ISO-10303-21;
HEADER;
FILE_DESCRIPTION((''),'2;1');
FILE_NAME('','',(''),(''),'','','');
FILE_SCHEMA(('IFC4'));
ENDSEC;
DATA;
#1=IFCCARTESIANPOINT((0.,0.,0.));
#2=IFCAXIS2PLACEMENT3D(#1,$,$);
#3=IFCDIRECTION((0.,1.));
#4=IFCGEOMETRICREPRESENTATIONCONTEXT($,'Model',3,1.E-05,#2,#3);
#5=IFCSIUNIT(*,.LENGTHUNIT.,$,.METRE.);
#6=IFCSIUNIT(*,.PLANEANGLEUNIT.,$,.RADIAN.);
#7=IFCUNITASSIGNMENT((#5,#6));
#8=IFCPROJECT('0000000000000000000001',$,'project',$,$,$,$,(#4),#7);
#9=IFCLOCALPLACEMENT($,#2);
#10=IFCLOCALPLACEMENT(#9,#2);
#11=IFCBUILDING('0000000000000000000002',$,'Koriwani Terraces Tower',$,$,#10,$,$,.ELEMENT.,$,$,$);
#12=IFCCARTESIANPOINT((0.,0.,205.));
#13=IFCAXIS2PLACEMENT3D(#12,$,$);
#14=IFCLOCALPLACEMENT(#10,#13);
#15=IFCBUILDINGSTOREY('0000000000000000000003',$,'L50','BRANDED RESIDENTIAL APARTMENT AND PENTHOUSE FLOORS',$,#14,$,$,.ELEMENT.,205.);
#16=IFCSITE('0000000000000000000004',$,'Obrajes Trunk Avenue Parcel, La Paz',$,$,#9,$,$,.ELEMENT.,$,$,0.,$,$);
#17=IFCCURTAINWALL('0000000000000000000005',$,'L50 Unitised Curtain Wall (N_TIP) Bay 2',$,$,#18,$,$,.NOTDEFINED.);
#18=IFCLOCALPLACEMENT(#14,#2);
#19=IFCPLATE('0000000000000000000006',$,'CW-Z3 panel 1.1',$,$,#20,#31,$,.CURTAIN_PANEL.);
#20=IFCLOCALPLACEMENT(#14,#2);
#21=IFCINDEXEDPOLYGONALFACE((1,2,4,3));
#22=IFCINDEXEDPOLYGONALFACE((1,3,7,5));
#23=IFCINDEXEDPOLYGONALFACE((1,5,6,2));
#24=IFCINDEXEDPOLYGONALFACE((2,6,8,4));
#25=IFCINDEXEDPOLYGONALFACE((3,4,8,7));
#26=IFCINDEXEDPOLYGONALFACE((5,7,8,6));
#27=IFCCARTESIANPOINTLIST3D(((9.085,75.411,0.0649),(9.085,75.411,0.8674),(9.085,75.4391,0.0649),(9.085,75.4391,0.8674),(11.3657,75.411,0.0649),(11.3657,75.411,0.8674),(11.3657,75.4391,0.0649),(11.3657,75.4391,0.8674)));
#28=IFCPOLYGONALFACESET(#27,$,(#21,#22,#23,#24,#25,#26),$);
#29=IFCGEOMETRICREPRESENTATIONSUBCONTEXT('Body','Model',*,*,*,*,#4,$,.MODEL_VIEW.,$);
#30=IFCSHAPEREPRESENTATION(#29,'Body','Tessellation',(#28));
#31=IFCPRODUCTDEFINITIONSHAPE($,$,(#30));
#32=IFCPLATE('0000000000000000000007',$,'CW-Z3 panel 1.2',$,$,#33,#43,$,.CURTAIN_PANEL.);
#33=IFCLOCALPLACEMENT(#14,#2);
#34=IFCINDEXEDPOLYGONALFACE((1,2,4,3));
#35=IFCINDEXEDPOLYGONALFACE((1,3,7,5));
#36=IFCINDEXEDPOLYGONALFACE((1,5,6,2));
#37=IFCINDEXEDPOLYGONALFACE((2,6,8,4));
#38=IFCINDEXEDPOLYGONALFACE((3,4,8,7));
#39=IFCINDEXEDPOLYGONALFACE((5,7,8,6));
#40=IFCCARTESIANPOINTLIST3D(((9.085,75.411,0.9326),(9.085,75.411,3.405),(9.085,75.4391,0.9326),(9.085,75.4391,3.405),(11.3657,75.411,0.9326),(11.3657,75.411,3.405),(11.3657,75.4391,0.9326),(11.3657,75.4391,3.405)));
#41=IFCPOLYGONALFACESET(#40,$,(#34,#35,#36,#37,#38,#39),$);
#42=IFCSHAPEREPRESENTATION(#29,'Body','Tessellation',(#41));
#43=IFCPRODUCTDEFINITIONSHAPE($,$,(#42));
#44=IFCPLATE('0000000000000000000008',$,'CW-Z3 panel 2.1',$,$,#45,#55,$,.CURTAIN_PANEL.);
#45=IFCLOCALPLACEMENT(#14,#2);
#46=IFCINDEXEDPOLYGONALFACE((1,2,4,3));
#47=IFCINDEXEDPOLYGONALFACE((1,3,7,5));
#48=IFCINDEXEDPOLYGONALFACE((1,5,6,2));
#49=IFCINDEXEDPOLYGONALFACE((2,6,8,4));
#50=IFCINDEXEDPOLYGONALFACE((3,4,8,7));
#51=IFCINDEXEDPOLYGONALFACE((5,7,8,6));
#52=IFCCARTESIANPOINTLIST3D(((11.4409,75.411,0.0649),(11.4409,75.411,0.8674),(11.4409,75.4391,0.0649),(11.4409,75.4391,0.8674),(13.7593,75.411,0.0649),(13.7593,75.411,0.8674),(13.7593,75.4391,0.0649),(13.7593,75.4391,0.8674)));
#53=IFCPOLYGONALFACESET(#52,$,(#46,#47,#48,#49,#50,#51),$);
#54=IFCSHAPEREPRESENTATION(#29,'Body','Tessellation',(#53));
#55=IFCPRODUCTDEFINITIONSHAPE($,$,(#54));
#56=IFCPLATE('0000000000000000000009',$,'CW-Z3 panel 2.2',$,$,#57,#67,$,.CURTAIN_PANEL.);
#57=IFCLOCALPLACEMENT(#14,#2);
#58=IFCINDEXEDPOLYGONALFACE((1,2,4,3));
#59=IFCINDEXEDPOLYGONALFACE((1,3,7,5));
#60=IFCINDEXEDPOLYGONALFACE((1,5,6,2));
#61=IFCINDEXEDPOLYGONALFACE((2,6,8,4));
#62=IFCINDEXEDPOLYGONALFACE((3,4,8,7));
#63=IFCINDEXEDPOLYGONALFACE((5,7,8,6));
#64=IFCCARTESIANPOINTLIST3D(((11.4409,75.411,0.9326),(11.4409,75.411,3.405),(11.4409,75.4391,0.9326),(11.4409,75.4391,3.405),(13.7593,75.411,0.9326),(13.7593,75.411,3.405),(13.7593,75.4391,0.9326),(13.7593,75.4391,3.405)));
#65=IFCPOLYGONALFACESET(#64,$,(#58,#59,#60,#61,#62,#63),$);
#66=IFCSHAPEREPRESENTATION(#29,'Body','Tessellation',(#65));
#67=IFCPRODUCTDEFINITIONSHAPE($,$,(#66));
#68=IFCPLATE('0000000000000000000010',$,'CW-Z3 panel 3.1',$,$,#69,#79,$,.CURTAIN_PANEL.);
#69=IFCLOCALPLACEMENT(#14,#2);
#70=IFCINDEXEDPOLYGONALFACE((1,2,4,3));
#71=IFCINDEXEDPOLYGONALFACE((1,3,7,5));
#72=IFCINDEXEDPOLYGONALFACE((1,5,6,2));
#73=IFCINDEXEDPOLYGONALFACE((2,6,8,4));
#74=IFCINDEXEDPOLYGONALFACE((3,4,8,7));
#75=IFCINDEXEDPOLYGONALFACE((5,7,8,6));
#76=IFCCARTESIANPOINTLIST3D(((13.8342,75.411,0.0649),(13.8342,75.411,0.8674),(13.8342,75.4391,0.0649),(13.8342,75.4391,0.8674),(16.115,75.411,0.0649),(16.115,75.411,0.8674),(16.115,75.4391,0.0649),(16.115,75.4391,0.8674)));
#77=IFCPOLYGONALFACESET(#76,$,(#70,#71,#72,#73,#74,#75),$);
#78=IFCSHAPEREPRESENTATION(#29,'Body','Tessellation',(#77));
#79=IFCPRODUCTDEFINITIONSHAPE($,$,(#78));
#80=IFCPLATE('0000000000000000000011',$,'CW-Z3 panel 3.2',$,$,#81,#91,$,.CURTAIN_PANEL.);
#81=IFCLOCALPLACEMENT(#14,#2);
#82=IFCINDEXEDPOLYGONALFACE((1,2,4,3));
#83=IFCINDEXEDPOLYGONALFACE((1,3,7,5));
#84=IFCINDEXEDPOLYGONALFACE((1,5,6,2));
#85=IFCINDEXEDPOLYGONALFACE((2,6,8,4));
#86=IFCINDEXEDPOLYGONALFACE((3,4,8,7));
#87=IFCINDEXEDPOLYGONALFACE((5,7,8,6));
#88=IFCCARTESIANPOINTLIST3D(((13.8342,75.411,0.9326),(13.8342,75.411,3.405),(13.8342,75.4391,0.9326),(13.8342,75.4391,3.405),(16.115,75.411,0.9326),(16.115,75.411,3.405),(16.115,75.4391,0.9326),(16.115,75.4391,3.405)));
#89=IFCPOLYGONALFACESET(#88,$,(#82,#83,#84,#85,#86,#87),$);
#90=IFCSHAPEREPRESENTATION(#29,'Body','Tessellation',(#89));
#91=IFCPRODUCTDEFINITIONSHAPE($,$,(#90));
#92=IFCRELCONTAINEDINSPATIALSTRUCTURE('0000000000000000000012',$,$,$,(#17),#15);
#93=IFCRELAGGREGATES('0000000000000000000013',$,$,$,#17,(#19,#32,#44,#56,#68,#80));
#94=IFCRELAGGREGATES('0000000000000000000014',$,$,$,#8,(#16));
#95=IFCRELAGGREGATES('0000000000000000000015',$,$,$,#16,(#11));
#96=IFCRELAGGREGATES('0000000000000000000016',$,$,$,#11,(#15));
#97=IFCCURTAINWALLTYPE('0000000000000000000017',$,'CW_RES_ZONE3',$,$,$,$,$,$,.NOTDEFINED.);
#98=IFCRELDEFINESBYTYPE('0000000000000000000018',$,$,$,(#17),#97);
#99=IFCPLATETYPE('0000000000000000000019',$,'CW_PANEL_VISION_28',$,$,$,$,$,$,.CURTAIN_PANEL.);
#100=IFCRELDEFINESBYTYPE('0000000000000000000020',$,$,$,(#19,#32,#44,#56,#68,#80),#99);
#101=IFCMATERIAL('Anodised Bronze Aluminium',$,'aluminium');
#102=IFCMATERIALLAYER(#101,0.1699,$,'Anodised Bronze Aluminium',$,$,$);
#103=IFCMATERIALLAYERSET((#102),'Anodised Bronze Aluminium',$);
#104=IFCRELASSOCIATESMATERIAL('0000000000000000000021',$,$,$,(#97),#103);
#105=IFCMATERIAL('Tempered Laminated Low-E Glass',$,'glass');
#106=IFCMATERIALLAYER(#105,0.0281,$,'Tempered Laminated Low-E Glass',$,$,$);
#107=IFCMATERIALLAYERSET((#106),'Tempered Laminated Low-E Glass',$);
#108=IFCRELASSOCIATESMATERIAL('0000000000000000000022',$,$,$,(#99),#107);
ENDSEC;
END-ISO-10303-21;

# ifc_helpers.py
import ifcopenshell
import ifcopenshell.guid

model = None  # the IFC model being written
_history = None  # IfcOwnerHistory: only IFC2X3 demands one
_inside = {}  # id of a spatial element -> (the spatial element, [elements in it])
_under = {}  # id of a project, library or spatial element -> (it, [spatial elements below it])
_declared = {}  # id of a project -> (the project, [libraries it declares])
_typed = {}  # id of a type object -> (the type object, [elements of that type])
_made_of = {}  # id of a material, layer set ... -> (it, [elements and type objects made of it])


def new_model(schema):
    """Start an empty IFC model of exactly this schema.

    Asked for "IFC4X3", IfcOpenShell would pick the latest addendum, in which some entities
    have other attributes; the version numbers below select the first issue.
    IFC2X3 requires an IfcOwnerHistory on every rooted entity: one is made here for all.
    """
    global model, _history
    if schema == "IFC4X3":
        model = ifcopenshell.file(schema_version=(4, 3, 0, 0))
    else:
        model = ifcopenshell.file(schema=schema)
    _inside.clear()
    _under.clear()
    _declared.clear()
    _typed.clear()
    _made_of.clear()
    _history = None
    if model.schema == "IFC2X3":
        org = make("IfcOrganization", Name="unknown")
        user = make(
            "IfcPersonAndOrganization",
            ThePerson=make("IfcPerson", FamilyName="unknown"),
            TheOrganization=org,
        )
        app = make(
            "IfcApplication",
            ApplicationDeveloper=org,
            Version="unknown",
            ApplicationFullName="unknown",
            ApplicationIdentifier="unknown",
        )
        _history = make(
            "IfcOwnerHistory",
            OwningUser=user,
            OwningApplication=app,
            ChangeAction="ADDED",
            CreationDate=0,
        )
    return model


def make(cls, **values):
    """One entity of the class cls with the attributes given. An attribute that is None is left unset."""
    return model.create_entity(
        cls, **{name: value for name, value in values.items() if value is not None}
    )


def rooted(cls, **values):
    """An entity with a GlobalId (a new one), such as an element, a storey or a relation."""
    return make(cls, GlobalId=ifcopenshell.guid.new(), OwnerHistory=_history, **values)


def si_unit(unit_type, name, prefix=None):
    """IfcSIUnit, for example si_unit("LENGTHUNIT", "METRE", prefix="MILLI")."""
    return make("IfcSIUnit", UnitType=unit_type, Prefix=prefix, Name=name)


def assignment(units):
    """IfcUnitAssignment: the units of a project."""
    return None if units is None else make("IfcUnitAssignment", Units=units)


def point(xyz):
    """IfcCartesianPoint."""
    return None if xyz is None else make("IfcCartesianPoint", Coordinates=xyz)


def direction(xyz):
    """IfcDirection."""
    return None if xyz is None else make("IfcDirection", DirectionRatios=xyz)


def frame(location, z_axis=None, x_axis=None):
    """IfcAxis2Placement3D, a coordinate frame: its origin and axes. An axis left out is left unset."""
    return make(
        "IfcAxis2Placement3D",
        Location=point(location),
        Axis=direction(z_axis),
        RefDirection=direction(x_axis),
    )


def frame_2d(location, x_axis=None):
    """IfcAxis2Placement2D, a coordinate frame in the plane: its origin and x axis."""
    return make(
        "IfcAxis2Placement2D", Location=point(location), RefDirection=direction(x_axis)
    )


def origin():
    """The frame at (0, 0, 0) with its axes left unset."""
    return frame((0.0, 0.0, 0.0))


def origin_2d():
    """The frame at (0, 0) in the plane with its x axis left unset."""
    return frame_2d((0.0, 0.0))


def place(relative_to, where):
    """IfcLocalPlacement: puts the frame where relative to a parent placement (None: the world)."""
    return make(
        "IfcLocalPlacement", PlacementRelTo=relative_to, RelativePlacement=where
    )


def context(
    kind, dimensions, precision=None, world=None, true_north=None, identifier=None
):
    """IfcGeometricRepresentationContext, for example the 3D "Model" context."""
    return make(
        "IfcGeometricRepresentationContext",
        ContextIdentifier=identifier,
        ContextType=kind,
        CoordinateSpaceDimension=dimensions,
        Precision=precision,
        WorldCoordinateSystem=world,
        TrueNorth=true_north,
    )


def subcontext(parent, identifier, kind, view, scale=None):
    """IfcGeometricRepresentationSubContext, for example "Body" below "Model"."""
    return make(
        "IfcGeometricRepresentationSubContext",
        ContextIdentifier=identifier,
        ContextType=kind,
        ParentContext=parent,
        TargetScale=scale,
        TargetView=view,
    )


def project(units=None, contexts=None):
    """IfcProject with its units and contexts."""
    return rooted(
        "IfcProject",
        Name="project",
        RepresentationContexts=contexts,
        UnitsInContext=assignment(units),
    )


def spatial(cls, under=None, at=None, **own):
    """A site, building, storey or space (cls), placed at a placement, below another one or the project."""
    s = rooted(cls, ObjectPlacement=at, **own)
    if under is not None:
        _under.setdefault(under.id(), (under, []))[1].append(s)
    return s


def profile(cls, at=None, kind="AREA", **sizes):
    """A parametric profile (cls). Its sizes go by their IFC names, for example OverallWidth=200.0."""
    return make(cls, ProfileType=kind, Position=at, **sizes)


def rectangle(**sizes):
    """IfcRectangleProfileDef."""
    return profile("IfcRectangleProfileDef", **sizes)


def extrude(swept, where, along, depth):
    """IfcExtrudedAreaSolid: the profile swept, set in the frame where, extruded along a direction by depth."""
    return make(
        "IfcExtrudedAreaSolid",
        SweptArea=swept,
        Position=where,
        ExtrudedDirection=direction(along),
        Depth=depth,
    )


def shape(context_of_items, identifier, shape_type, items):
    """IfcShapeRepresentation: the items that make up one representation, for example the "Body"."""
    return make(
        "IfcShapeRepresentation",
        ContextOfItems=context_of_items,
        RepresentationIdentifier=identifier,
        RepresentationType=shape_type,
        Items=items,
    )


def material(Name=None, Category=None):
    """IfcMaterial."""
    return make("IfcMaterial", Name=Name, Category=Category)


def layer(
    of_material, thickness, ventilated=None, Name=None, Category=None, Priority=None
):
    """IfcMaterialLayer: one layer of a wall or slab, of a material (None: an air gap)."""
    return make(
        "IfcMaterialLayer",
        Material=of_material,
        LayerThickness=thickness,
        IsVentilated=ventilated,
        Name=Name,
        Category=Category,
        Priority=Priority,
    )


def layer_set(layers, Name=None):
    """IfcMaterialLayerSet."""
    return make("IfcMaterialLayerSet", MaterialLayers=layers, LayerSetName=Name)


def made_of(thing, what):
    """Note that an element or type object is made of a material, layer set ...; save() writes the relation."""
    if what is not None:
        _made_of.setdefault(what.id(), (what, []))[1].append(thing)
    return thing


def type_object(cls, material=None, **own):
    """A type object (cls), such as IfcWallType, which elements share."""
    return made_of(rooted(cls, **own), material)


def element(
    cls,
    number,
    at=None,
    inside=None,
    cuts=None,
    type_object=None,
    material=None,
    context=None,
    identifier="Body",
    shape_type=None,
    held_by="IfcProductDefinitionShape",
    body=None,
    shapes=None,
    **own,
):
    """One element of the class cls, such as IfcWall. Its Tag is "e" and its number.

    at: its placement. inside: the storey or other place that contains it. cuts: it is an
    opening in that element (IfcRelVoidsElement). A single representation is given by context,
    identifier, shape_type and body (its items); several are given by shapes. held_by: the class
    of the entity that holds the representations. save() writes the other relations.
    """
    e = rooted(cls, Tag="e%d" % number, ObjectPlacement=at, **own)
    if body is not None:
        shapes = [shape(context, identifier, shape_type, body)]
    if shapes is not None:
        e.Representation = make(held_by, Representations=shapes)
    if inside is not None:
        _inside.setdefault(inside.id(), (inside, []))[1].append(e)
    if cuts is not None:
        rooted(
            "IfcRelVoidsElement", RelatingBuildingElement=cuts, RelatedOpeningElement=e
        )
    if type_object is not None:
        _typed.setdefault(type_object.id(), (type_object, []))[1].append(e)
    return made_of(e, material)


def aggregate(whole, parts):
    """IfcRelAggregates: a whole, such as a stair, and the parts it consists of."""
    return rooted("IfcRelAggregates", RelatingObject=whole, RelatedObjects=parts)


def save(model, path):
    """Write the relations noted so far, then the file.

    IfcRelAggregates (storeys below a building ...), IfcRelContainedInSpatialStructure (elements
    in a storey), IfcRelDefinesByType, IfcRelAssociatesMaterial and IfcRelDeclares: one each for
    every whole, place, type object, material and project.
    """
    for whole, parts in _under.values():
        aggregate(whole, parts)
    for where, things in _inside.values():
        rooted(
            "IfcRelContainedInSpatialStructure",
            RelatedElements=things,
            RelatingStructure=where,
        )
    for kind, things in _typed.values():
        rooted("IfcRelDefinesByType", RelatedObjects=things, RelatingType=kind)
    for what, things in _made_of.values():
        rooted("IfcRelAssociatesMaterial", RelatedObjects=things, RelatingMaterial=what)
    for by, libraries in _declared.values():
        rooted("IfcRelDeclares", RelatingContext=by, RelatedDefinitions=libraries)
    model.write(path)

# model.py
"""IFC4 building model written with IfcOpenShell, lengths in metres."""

from ifc_helpers import new_model, si_unit, direction, frame, origin, origin_2d, place, context, subcontext, project, spatial, rectangle, extrude, material, layer, layer_set, type_object, element, aggregate, save


model = new_model("IFC4")

# Units and contexts
model_context = context("Model", 3, precision=1e-05, world=origin(), true_north=direction((0.0, 1.0)))
body_context = subcontext(model_context, "Body", "Model", "MODEL_VIEW")
ifc_project = project(units=[si_unit("LENGTHUNIT", "METRE"), si_unit("PLANEANGLEUNIT", "RADIAN")], contexts=[model_context])

# Site, building, storey
site_placement = place(None, origin())
site = spatial("IfcSite", under=ifc_project, at=site_placement, Name="Obrajes Trunk Avenue Parcel, La Paz", CompositionType="ELEMENT", RefElevation=0.0)
building_placement = place(site_placement, origin())
building = spatial("IfcBuilding", under=site, at=building_placement, Name="Koriwani Terraces Tower", CompositionType="ELEMENT")
storey_placement = place(building_placement, frame((0.0, 0.0, 205.0)))
storey = spatial("IfcBuildingStorey", under=building, at=storey_placement, Name="L50", Description="BRANDED RESIDENTIAL APARTMENT AND PENTHOUSE FLOORS", CompositionType="ELEMENT", Elevation=205.0)

# Curtain wall
ifc_material_1 = material(Name="Anodised Bronze Aluminium", Category="aluminium")
ifc_layer_1 = layer(ifc_material_1, 0.1699, Name="Anodised Bronze Aluminium")
ifc_layer_set_1 = layer_set([ifc_layer_1], Name="Anodised Bronze Aluminium")
curtain_wall_type = type_object("IfcCurtainWallType", Name="CW_RES_ZONE3", PredefinedType="NOTDEFINED", material=ifc_layer_set_1)
curtain_wall_1_placement = place(storey_placement, origin())
curtain_wall_1 = element("IfcCurtainWall", 1, at=curtain_wall_1_placement, inside=storey, type_object=curtain_wall_type, Name="L50 Unitised Curtain Wall (N_TIP) Bay 2", PredefinedType="NOTDEFINED")

# Plates
ifc_material_2 = material(Name="Tempered Laminated Low-E Glass", Category="glass")
ifc_layer_2 = layer(ifc_material_2, 0.0281, Name="Tempered Laminated Low-E Glass")
ifc_layer_set_2 = layer_set([ifc_layer_2], Name="Tempered Laminated Low-E Glass")
plate_type = type_object("IfcPlateType", Name="CW_PANEL_VISION_28", PredefinedType="CURTAIN_PANEL", material=ifc_layer_set_2)
plate_1_placement = place(storey_placement, frame((10.2253, 75.425, 0.0649), z_axis=(0.0, 0.0, 1.0), x_axis=(1.0, 0.0, 0.0)))
plate_1 = element("IfcPlate", 2, at=plate_1_placement, type_object=plate_type, Name="CW-Z3 panel 1.1", PredefinedType="CURTAIN_PANEL", context=body_context, shape_type="SweptSolid", body=[
    extrude(rectangle(XDim=2.2808, YDim=0.0281, at=origin_2d()), origin(), (0.0, 0.0, 1.0), 0.8025),
])
plate_2_placement = place(storey_placement, frame((10.2253, 75.425, 0.9326), z_axis=(0.0, 0.0, 1.0), x_axis=(1.0, 0.0, 0.0)))
plate_2 = element("IfcPlate", 3, at=plate_2_placement, type_object=plate_type, Name="CW-Z3 panel 1.2", PredefinedType="CURTAIN_PANEL", context=body_context, shape_type="SweptSolid", body=[
    extrude(rectangle(XDim=2.2808, YDim=0.0281, at=origin_2d()), origin(), (0.0, 0.0, 1.0), 2.4724),
])
plate_3_placement = place(storey_placement, frame((12.6001, 75.425, 0.0649), z_axis=(0.0, 0.0, 1.0), x_axis=(1.0, 0.0, 0.0)))
plate_3 = element("IfcPlate", 4, at=plate_3_placement, type_object=plate_type, Name="CW-Z3 panel 2.1", PredefinedType="CURTAIN_PANEL", context=body_context, shape_type="SweptSolid", body=[
    extrude(rectangle(XDim=2.3184, YDim=0.0281, at=origin_2d()), origin(), (0.0, 0.0, 1.0), 0.8025),
])
plate_4_placement = place(storey_placement, frame((12.6001, 75.425, 0.9326), z_axis=(0.0, 0.0, 1.0), x_axis=(1.0, 0.0, 0.0)))
plate_4 = element("IfcPlate", 5, at=plate_4_placement, type_object=plate_type, Name="CW-Z3 panel 2.2", PredefinedType="CURTAIN_PANEL", context=body_context, shape_type="SweptSolid", body=[
    extrude(rectangle(XDim=2.3184, YDim=0.0281, at=origin_2d()), origin(), (0.0, 0.0, 1.0), 2.4724),
])
plate_5_placement = place(storey_placement, frame((14.9746, 75.425, 0.0649), z_axis=(0.0, 0.0, 1.0), x_axis=(1.0, 0.0, 0.0)))
plate_5 = element("IfcPlate", 6, at=plate_5_placement, type_object=plate_type, Name="CW-Z3 panel 3.1", PredefinedType="CURTAIN_PANEL", context=body_context, shape_type="SweptSolid", body=[
    extrude(rectangle(XDim=2.2808, YDim=0.0281, at=origin_2d()), origin(), (0.0, 0.0, 1.0), 0.8025),
])
plate_6_placement = place(storey_placement, frame((14.9746, 75.425, 0.9326), z_axis=(0.0, 0.0, 1.0), x_axis=(1.0, 0.0, 0.0)))
plate_6 = element("IfcPlate", 7, at=plate_6_placement, type_object=plate_type, Name="CW-Z3 panel 3.2", PredefinedType="CURTAIN_PANEL", context=body_context, shape_type="SweptSolid", body=[
    extrude(rectangle(XDim=2.2808, YDim=0.0281, at=origin_2d()), origin(), (0.0, 0.0, 1.0), 2.4724),
])
aggregate(curtain_wall_1, [plate_1, plate_2, plate_3, plate_4, plate_5, plate_6])

save(model, "model.ifc")
